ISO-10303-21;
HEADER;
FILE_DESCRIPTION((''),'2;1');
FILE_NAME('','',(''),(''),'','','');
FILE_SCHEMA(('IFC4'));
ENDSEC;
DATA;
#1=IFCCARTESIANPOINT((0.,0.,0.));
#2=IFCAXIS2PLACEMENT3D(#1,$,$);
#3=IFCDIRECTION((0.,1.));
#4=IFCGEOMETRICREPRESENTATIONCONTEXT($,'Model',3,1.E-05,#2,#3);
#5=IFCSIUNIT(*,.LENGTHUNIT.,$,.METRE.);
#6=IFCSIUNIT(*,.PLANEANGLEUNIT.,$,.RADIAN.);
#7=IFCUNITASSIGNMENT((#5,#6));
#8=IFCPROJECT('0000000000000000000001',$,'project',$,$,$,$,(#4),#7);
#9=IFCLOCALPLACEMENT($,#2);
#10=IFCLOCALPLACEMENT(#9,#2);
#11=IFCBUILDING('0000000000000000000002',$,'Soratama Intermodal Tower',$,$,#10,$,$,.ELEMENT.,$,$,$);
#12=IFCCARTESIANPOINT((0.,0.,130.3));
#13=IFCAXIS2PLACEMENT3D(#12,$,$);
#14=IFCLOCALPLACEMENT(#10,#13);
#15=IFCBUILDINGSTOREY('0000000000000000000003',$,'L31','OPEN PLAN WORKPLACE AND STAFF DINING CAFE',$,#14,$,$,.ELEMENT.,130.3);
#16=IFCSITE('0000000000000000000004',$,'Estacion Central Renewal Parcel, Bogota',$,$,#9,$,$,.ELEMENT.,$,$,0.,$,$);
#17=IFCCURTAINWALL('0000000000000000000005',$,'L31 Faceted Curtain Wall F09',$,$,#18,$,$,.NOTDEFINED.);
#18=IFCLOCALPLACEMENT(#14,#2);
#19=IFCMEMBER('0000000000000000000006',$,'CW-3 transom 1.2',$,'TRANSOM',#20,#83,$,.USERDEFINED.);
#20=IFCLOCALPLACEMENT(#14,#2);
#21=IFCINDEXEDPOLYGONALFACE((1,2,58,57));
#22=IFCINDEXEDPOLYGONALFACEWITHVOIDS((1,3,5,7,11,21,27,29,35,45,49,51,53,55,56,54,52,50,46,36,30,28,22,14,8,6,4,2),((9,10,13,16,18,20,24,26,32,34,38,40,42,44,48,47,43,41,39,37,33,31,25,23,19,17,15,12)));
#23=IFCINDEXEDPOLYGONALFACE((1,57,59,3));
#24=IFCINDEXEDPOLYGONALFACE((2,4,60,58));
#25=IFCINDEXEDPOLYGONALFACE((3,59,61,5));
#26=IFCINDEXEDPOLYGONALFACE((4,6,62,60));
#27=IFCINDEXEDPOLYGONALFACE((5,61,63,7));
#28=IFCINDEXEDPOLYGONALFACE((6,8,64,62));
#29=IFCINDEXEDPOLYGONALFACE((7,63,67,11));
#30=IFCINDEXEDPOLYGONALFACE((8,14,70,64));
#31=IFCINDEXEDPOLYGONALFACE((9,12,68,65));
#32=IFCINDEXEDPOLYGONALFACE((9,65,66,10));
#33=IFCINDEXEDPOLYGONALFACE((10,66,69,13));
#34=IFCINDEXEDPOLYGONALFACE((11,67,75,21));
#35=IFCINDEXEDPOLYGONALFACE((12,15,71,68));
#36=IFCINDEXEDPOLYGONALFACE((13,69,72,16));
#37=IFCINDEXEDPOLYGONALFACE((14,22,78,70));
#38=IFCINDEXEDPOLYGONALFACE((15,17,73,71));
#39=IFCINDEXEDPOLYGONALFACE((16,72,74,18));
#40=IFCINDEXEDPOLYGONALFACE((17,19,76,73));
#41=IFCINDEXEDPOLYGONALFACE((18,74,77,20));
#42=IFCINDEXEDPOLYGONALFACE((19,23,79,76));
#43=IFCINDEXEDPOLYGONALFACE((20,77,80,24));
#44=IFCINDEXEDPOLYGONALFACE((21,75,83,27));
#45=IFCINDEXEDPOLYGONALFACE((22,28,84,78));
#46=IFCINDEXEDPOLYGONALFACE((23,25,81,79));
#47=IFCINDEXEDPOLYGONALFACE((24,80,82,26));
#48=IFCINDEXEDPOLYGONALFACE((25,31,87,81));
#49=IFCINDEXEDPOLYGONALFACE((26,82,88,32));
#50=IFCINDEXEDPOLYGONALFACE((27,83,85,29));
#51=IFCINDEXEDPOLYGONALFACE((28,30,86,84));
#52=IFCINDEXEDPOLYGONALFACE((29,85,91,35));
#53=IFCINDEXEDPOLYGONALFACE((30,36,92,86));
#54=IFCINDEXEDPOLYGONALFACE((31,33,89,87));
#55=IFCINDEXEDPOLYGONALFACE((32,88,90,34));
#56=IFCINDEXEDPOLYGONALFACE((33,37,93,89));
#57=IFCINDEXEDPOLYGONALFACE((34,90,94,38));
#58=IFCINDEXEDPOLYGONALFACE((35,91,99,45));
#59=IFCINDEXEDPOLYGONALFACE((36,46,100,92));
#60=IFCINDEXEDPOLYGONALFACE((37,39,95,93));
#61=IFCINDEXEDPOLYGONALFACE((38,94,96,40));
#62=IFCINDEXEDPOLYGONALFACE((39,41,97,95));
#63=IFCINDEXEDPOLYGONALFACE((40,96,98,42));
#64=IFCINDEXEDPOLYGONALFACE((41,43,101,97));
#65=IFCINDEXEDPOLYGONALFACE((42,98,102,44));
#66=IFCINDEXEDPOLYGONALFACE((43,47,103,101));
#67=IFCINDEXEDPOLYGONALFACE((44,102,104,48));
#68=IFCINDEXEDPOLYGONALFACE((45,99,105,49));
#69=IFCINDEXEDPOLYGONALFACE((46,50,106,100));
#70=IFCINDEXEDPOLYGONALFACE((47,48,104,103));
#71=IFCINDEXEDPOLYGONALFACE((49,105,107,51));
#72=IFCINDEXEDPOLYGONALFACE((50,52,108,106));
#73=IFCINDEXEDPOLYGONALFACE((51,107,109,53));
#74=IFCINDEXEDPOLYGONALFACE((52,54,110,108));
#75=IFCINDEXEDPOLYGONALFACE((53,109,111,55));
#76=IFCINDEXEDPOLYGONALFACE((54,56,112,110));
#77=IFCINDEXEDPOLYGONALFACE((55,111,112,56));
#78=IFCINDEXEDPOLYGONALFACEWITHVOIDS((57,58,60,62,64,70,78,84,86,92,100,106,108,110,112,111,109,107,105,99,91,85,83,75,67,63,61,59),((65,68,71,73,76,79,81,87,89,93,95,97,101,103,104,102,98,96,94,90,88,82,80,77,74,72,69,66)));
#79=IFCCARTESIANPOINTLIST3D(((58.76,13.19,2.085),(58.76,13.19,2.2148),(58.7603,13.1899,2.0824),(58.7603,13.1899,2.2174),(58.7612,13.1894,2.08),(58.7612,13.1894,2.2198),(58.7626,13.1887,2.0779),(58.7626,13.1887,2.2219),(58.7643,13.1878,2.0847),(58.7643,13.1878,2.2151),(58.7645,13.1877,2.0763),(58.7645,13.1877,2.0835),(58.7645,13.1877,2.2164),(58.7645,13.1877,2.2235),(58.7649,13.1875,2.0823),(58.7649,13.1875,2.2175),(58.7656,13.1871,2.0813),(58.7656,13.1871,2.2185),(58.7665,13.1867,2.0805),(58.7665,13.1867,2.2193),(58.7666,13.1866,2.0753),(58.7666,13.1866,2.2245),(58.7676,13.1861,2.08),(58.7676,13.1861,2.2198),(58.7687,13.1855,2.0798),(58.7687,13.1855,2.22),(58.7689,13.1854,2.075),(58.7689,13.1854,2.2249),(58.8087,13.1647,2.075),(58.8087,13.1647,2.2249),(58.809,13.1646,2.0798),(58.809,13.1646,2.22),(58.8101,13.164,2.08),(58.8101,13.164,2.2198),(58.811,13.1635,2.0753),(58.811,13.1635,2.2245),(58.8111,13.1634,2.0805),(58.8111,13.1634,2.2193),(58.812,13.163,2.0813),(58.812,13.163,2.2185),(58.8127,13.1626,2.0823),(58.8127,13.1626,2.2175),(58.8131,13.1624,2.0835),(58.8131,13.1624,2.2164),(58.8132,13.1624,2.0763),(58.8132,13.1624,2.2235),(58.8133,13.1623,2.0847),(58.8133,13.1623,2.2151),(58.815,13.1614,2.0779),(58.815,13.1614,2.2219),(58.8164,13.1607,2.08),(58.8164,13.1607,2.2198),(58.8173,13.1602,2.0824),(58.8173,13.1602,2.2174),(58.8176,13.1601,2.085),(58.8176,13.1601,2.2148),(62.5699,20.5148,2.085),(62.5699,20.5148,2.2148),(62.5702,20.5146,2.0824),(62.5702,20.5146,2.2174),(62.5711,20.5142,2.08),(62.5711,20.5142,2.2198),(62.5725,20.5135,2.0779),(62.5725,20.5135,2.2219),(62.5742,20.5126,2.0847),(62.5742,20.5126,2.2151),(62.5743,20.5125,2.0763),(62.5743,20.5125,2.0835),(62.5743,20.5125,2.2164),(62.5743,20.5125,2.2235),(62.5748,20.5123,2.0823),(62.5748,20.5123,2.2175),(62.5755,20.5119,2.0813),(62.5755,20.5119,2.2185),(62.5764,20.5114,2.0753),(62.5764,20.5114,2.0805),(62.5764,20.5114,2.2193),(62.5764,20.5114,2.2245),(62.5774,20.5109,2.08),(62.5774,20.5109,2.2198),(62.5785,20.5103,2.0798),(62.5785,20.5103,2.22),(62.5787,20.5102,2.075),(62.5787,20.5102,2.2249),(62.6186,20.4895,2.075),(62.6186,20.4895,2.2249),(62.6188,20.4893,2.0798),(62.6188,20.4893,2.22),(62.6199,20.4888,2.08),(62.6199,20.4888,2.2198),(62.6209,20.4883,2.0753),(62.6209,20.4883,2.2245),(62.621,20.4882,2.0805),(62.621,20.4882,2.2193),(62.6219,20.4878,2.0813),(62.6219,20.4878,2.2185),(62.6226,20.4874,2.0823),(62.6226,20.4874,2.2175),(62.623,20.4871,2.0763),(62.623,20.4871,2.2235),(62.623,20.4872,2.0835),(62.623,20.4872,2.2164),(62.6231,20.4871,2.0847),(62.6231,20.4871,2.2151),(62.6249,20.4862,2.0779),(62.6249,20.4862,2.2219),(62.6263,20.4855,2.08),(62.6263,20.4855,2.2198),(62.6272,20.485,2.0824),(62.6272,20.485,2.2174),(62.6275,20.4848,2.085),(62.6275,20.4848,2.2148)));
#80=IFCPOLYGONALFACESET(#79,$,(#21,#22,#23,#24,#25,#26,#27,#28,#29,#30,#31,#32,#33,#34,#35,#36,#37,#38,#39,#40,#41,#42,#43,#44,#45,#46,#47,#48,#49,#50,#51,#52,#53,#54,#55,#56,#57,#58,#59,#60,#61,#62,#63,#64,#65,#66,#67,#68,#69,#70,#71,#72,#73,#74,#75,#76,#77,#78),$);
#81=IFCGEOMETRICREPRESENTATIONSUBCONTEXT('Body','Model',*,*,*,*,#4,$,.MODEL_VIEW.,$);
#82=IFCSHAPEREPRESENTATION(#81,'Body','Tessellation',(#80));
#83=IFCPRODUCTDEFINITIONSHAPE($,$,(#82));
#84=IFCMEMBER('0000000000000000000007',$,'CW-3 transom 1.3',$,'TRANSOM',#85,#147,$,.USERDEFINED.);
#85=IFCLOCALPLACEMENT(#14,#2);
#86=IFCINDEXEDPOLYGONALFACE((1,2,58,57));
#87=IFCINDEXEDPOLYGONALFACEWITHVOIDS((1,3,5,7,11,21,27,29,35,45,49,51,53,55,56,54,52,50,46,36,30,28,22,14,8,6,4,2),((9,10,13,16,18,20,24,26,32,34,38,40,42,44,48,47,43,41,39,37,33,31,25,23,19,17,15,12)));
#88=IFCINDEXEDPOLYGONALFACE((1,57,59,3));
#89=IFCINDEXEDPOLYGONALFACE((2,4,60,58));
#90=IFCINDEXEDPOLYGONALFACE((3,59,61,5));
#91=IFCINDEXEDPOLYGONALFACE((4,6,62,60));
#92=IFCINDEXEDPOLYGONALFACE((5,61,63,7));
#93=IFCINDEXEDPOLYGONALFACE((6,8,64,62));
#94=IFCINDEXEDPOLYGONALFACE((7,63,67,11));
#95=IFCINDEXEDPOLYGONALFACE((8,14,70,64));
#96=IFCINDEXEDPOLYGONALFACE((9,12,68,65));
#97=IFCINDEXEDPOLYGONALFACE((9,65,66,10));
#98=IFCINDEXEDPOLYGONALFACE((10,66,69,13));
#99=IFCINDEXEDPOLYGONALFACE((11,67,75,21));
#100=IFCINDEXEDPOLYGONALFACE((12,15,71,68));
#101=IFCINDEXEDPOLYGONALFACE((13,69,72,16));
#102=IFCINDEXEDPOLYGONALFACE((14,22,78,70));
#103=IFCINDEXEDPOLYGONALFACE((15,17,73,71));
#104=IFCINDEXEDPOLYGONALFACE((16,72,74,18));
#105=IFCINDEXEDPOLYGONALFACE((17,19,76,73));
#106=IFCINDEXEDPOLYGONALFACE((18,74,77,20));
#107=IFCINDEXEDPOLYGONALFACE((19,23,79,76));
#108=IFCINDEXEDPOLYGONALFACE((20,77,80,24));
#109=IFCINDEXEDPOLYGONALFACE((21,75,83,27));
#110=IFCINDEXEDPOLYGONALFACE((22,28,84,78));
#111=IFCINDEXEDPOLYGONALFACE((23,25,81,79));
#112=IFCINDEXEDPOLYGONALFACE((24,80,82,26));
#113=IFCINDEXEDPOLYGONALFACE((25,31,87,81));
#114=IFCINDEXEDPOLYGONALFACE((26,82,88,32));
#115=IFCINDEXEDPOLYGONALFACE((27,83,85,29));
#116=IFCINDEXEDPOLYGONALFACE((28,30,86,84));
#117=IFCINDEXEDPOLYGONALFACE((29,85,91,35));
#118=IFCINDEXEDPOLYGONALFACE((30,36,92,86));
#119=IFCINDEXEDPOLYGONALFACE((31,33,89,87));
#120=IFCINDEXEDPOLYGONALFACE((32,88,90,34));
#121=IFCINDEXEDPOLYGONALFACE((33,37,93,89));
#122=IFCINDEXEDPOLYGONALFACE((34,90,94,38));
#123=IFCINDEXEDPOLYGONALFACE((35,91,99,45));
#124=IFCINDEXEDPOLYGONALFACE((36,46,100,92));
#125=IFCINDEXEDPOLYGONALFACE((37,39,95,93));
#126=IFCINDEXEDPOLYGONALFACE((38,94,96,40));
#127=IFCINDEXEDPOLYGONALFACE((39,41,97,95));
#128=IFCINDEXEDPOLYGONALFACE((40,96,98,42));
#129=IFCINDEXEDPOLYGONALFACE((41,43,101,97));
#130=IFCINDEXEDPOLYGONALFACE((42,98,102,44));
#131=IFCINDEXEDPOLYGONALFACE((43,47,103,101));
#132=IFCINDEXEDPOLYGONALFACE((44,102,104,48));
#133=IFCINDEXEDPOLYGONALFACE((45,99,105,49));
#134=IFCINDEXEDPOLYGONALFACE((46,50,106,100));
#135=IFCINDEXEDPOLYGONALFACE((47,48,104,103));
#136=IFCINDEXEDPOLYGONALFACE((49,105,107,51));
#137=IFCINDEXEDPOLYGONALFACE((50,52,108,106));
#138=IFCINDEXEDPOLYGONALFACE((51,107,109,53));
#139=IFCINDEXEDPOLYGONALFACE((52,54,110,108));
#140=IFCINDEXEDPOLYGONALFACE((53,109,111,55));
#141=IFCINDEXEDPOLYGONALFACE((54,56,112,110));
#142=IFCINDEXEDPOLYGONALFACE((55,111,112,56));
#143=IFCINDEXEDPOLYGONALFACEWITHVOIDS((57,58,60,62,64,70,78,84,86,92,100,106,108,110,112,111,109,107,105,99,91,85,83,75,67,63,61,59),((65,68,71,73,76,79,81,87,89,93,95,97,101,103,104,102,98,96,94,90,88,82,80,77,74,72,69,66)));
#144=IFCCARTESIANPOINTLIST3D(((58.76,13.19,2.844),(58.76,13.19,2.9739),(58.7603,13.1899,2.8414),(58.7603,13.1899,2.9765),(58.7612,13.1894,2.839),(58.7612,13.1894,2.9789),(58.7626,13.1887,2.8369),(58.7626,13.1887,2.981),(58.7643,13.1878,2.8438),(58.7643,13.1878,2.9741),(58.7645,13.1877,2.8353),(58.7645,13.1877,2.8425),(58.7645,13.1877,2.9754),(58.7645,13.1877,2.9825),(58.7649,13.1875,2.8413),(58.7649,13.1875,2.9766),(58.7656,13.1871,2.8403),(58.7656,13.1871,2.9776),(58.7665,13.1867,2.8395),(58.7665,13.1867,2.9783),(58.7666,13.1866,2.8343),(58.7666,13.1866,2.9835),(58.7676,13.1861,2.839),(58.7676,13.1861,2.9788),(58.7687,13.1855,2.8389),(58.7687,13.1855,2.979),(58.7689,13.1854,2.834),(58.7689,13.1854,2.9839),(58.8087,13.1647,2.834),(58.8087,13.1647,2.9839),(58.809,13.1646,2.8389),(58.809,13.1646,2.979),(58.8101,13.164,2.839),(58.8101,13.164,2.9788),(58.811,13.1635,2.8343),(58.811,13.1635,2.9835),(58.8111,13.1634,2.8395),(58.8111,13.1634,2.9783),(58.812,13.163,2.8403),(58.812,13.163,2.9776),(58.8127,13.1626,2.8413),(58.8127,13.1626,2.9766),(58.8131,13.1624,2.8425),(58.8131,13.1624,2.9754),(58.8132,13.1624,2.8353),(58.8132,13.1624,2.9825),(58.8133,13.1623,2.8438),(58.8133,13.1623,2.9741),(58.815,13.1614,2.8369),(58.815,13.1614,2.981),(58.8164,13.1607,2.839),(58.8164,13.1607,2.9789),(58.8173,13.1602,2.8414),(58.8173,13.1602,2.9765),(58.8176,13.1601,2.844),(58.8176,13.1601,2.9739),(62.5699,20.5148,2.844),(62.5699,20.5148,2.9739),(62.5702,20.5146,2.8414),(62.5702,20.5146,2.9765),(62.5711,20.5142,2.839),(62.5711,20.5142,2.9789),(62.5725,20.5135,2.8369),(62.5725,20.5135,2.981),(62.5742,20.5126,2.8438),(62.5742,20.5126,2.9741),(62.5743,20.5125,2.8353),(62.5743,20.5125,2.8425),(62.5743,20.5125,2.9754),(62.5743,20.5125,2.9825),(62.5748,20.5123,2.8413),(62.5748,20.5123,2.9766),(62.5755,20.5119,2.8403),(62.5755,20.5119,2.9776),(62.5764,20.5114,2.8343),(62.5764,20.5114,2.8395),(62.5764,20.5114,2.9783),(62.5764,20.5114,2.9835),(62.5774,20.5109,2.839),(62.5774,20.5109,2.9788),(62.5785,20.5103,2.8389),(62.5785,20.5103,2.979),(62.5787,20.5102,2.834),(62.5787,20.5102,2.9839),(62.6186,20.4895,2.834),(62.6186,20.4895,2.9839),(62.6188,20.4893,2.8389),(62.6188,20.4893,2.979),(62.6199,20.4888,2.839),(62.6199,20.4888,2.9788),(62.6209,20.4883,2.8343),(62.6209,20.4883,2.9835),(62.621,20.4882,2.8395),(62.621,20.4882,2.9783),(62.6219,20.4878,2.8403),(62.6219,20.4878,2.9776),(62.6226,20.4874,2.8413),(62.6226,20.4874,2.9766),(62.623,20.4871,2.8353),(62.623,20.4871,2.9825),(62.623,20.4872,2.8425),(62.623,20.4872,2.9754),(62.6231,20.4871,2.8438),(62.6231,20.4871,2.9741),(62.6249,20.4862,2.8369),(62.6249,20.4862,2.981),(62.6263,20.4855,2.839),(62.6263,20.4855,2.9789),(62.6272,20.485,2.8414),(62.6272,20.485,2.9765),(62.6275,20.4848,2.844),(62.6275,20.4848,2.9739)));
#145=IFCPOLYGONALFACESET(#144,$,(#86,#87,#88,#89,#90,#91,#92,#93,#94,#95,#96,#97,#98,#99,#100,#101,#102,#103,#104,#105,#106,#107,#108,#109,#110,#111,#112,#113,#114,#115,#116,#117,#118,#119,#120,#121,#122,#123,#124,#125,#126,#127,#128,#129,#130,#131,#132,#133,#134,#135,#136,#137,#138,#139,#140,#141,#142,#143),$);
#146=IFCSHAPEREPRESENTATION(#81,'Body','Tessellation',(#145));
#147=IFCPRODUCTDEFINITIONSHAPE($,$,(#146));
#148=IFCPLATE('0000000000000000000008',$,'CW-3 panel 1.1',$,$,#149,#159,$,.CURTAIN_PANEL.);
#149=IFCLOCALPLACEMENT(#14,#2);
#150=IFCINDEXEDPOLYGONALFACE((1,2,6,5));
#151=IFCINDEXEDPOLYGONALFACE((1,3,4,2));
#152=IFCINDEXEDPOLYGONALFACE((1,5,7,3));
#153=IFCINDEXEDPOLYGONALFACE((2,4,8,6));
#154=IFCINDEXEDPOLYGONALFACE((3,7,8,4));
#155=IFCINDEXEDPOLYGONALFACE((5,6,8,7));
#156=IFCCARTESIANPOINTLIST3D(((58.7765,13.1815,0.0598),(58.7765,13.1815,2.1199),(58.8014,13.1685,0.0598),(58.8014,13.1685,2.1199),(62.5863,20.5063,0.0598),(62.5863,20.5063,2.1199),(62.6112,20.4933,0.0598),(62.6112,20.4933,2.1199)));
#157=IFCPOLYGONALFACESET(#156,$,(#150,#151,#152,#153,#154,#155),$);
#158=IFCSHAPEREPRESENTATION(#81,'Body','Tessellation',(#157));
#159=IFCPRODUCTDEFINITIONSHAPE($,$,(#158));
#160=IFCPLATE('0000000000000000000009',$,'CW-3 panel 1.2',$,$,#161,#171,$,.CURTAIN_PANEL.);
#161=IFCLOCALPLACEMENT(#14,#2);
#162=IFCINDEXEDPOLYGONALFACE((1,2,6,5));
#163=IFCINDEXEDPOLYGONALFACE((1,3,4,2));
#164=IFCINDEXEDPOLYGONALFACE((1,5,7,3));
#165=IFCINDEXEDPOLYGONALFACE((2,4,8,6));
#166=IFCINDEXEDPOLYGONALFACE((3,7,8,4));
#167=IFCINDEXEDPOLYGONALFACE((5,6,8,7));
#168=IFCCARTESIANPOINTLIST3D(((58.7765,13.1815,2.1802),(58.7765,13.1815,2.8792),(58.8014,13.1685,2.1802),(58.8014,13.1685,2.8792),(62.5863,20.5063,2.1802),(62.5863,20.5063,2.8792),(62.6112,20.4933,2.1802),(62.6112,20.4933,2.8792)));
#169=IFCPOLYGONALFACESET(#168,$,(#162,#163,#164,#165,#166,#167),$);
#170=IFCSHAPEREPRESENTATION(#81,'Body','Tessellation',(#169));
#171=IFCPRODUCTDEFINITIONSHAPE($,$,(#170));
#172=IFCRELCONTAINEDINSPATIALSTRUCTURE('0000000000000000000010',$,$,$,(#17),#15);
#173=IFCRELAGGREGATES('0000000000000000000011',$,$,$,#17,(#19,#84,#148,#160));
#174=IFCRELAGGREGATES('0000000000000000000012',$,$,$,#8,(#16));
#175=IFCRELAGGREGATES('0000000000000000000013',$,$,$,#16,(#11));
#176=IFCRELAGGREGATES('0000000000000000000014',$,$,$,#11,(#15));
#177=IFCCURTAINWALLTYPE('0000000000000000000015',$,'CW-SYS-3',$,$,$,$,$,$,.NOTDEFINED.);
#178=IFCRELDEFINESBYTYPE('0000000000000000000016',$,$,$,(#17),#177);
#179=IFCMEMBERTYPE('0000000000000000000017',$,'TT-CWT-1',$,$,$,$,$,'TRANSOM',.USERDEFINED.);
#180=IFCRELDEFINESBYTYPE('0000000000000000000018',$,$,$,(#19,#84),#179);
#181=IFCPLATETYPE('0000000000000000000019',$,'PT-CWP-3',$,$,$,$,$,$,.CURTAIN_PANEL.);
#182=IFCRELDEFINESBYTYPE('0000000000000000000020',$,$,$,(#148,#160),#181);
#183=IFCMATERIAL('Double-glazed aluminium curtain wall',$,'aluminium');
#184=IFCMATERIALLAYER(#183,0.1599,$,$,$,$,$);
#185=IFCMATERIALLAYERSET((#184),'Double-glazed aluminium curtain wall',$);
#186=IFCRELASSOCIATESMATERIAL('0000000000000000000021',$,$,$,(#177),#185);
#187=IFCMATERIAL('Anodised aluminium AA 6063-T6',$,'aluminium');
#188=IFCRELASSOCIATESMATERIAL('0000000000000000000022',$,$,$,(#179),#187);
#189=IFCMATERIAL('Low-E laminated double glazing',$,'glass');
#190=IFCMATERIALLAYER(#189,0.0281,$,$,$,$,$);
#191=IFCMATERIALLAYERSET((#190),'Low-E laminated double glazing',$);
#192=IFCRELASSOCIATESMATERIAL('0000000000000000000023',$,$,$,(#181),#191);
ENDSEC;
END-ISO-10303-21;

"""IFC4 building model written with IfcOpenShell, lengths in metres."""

from ifc_helpers import new_model, si_unit, direction, frame, origin, origin_2d, place, context, subcontext, project, spatial, rectangle, hollow_rectangle, extrude, material, layer, layer_set, material_profile, profile_set, type_object, element, aggregate, save


model = new_model("IFC4")

# Units and contexts
model_context = context("Model", 3, precision=1e-05, world=origin(), true_north=direction((0.0, 1.0)))
body_context = subcontext(model_context, "Body", "Model", "MODEL_VIEW")
ifc_project = project(units=[si_unit("LENGTHUNIT", "METRE"), si_unit("PLANEANGLEUNIT", "RADIAN")], contexts=[model_context])

# Site, building, storey
site_placement = place(None, origin())
site = spatial("IfcSite", under=ifc_project, at=site_placement, Name="Estacion Central Renewal Parcel, Bogota", CompositionType="ELEMENT", RefElevation=0.0)
building_placement = place(site_placement, origin())
building = spatial("IfcBuilding", under=site, at=building_placement, Name="Soratama Intermodal Tower", CompositionType="ELEMENT")
storey_placement = place(building_placement, frame((0.0, 0.0, 130.3)))
storey = spatial("IfcBuildingStorey", under=building, at=storey_placement, Name="L31", Description="OPEN PLAN WORKPLACE AND STAFF DINING CAFE", CompositionType="ELEMENT", Elevation=130.3)

# Curtain wall, members, plates
ifc_material_1 = material(Name="Double-glazed aluminium curtain wall", Category="aluminium")
ifc_layer_1 = layer(ifc_material_1, 0.1599)
ifc_layer_set_1 = layer_set([ifc_layer_1], Name="Double-glazed aluminium curtain wall")
curtain_wall_type = type_object("IfcCurtainWallType", Name="CW-SYS-3", PredefinedType="NOTDEFINED", material=ifc_layer_set_1)
curtain_wall_placement = place(storey_placement, origin())
curtain_wall = element("IfcCurtainWall", 1, at=curtain_wall_placement, inside=storey, type_object=curtain_wall_type, Name="L31 Faceted Curtain Wall F09", PredefinedType="NOTDEFINED")
ifc_material_2 = material(Name="Anodised aluminium AA 6063-T6", Category="aluminium")
ifc_material_profile_1 = material_profile(ifc_material_2, hollow_rectangle(XDim=0.0649, YDim=0.1499, WallThickness=0.0049, InnerFilletRadius=0.0049, OuterFilletRadius=0.01, at=origin_2d()), Name="CWT150X65X5")
ifc_profile_set_1 = profile_set([ifc_material_profile_1], Name="Anodised aluminium AA 6063-T6")
member_type_1 = type_object("IfcMemberType", Name="TT-CWT-1", ElementType="TRANSOM", PredefinedType="USERDEFINED", material=ifc_profile_set_1)
member_1_placement = place(storey_placement, frame((58.7888, 13.175, 2.1499), z_axis=(0.461445, 0.887169, 0.0), x_axis=(-0.887169, 0.461445, 0.0)))
member_1 = element("IfcMember", 2, at=member_1_placement, type_object=member_type_1, Name="CW-3 transom 1.2", ObjectType="TRANSOM", PredefinedType="USERDEFINED", context=body_context, shape_type="SweptSolid", body=[
    extrude(hollow_rectangle(XDim=0.0649, YDim=0.1499, WallThickness=0.0049, InnerFilletRadius=0.0049, OuterFilletRadius=0.01, at=origin_2d()), origin(), (0.0, 0.0, 1.0), 8.2563),
])
member_2_placement = place(storey_placement, frame((58.7888, 13.175, 2.9089), z_axis=(0.461445, 0.887169, 0.0), x_axis=(-0.887169, 0.461445, 0.0)))
member_2 = element("IfcMember", 3, at=member_2_placement, type_object=member_type_1, Name="CW-3 transom 1.3", ObjectType="TRANSOM", PredefinedType="USERDEFINED", context=body_context, shape_type="SweptSolid", body=[
    extrude(hollow_rectangle(XDim=0.0649, YDim=0.1499, WallThickness=0.0049, InnerFilletRadius=0.0049, OuterFilletRadius=0.01, at=origin_2d()), origin(), (0.0, 0.0, 1.0), 8.2563),
])
ifc_material_3 = material(Name="Low-E laminated double glazing", Category="glass")
ifc_layer_2 = layer(ifc_material_3, 0.0281)
ifc_layer_set_2 = layer_set([ifc_layer_2], Name="Low-E laminated double glazing")
plate_type = type_object("IfcPlateType", Name="PT-CWP-3", PredefinedType="CURTAIN_PANEL", material=ifc_layer_set_2)
plate_1_placement = place(storey_placement, frame((60.6938, 16.8374, 0.0598), z_axis=(0.0, 0.0, 1.0), x_axis=(0.461435, 0.887174, 0.0)))
plate_1 = element("IfcPlate", 4, at=plate_1_placement, type_object=plate_type, Name="CW-3 panel 1.1", PredefinedType="CURTAIN_PANEL", context=body_context, shape_type="SweptSolid", body=[
    extrude(rectangle(XDim=8.2563, YDim=0.0281, at=origin_2d()), origin(), (0.0, 0.0, 1.0), 2.0601),
])
plate_2_placement = place(storey_placement, frame((60.6938, 16.8374, 2.1802), z_axis=(0.0, 0.0, 1.0), x_axis=(0.461435, 0.887174, 0.0)))
plate_2 = element("IfcPlate", 5, at=plate_2_placement, type_object=plate_type, Name="CW-3 panel 1.2", PredefinedType="CURTAIN_PANEL", context=body_context, shape_type="SweptSolid", body=[
    extrude(rectangle(XDim=8.2563, YDim=0.0281, at=origin_2d()), origin(), (0.0, 0.0, 1.0), 0.699),
])
aggregate(curtain_wall, [member_1, member_2, plate_1, plate_2])

save(model, "model.ifc")
